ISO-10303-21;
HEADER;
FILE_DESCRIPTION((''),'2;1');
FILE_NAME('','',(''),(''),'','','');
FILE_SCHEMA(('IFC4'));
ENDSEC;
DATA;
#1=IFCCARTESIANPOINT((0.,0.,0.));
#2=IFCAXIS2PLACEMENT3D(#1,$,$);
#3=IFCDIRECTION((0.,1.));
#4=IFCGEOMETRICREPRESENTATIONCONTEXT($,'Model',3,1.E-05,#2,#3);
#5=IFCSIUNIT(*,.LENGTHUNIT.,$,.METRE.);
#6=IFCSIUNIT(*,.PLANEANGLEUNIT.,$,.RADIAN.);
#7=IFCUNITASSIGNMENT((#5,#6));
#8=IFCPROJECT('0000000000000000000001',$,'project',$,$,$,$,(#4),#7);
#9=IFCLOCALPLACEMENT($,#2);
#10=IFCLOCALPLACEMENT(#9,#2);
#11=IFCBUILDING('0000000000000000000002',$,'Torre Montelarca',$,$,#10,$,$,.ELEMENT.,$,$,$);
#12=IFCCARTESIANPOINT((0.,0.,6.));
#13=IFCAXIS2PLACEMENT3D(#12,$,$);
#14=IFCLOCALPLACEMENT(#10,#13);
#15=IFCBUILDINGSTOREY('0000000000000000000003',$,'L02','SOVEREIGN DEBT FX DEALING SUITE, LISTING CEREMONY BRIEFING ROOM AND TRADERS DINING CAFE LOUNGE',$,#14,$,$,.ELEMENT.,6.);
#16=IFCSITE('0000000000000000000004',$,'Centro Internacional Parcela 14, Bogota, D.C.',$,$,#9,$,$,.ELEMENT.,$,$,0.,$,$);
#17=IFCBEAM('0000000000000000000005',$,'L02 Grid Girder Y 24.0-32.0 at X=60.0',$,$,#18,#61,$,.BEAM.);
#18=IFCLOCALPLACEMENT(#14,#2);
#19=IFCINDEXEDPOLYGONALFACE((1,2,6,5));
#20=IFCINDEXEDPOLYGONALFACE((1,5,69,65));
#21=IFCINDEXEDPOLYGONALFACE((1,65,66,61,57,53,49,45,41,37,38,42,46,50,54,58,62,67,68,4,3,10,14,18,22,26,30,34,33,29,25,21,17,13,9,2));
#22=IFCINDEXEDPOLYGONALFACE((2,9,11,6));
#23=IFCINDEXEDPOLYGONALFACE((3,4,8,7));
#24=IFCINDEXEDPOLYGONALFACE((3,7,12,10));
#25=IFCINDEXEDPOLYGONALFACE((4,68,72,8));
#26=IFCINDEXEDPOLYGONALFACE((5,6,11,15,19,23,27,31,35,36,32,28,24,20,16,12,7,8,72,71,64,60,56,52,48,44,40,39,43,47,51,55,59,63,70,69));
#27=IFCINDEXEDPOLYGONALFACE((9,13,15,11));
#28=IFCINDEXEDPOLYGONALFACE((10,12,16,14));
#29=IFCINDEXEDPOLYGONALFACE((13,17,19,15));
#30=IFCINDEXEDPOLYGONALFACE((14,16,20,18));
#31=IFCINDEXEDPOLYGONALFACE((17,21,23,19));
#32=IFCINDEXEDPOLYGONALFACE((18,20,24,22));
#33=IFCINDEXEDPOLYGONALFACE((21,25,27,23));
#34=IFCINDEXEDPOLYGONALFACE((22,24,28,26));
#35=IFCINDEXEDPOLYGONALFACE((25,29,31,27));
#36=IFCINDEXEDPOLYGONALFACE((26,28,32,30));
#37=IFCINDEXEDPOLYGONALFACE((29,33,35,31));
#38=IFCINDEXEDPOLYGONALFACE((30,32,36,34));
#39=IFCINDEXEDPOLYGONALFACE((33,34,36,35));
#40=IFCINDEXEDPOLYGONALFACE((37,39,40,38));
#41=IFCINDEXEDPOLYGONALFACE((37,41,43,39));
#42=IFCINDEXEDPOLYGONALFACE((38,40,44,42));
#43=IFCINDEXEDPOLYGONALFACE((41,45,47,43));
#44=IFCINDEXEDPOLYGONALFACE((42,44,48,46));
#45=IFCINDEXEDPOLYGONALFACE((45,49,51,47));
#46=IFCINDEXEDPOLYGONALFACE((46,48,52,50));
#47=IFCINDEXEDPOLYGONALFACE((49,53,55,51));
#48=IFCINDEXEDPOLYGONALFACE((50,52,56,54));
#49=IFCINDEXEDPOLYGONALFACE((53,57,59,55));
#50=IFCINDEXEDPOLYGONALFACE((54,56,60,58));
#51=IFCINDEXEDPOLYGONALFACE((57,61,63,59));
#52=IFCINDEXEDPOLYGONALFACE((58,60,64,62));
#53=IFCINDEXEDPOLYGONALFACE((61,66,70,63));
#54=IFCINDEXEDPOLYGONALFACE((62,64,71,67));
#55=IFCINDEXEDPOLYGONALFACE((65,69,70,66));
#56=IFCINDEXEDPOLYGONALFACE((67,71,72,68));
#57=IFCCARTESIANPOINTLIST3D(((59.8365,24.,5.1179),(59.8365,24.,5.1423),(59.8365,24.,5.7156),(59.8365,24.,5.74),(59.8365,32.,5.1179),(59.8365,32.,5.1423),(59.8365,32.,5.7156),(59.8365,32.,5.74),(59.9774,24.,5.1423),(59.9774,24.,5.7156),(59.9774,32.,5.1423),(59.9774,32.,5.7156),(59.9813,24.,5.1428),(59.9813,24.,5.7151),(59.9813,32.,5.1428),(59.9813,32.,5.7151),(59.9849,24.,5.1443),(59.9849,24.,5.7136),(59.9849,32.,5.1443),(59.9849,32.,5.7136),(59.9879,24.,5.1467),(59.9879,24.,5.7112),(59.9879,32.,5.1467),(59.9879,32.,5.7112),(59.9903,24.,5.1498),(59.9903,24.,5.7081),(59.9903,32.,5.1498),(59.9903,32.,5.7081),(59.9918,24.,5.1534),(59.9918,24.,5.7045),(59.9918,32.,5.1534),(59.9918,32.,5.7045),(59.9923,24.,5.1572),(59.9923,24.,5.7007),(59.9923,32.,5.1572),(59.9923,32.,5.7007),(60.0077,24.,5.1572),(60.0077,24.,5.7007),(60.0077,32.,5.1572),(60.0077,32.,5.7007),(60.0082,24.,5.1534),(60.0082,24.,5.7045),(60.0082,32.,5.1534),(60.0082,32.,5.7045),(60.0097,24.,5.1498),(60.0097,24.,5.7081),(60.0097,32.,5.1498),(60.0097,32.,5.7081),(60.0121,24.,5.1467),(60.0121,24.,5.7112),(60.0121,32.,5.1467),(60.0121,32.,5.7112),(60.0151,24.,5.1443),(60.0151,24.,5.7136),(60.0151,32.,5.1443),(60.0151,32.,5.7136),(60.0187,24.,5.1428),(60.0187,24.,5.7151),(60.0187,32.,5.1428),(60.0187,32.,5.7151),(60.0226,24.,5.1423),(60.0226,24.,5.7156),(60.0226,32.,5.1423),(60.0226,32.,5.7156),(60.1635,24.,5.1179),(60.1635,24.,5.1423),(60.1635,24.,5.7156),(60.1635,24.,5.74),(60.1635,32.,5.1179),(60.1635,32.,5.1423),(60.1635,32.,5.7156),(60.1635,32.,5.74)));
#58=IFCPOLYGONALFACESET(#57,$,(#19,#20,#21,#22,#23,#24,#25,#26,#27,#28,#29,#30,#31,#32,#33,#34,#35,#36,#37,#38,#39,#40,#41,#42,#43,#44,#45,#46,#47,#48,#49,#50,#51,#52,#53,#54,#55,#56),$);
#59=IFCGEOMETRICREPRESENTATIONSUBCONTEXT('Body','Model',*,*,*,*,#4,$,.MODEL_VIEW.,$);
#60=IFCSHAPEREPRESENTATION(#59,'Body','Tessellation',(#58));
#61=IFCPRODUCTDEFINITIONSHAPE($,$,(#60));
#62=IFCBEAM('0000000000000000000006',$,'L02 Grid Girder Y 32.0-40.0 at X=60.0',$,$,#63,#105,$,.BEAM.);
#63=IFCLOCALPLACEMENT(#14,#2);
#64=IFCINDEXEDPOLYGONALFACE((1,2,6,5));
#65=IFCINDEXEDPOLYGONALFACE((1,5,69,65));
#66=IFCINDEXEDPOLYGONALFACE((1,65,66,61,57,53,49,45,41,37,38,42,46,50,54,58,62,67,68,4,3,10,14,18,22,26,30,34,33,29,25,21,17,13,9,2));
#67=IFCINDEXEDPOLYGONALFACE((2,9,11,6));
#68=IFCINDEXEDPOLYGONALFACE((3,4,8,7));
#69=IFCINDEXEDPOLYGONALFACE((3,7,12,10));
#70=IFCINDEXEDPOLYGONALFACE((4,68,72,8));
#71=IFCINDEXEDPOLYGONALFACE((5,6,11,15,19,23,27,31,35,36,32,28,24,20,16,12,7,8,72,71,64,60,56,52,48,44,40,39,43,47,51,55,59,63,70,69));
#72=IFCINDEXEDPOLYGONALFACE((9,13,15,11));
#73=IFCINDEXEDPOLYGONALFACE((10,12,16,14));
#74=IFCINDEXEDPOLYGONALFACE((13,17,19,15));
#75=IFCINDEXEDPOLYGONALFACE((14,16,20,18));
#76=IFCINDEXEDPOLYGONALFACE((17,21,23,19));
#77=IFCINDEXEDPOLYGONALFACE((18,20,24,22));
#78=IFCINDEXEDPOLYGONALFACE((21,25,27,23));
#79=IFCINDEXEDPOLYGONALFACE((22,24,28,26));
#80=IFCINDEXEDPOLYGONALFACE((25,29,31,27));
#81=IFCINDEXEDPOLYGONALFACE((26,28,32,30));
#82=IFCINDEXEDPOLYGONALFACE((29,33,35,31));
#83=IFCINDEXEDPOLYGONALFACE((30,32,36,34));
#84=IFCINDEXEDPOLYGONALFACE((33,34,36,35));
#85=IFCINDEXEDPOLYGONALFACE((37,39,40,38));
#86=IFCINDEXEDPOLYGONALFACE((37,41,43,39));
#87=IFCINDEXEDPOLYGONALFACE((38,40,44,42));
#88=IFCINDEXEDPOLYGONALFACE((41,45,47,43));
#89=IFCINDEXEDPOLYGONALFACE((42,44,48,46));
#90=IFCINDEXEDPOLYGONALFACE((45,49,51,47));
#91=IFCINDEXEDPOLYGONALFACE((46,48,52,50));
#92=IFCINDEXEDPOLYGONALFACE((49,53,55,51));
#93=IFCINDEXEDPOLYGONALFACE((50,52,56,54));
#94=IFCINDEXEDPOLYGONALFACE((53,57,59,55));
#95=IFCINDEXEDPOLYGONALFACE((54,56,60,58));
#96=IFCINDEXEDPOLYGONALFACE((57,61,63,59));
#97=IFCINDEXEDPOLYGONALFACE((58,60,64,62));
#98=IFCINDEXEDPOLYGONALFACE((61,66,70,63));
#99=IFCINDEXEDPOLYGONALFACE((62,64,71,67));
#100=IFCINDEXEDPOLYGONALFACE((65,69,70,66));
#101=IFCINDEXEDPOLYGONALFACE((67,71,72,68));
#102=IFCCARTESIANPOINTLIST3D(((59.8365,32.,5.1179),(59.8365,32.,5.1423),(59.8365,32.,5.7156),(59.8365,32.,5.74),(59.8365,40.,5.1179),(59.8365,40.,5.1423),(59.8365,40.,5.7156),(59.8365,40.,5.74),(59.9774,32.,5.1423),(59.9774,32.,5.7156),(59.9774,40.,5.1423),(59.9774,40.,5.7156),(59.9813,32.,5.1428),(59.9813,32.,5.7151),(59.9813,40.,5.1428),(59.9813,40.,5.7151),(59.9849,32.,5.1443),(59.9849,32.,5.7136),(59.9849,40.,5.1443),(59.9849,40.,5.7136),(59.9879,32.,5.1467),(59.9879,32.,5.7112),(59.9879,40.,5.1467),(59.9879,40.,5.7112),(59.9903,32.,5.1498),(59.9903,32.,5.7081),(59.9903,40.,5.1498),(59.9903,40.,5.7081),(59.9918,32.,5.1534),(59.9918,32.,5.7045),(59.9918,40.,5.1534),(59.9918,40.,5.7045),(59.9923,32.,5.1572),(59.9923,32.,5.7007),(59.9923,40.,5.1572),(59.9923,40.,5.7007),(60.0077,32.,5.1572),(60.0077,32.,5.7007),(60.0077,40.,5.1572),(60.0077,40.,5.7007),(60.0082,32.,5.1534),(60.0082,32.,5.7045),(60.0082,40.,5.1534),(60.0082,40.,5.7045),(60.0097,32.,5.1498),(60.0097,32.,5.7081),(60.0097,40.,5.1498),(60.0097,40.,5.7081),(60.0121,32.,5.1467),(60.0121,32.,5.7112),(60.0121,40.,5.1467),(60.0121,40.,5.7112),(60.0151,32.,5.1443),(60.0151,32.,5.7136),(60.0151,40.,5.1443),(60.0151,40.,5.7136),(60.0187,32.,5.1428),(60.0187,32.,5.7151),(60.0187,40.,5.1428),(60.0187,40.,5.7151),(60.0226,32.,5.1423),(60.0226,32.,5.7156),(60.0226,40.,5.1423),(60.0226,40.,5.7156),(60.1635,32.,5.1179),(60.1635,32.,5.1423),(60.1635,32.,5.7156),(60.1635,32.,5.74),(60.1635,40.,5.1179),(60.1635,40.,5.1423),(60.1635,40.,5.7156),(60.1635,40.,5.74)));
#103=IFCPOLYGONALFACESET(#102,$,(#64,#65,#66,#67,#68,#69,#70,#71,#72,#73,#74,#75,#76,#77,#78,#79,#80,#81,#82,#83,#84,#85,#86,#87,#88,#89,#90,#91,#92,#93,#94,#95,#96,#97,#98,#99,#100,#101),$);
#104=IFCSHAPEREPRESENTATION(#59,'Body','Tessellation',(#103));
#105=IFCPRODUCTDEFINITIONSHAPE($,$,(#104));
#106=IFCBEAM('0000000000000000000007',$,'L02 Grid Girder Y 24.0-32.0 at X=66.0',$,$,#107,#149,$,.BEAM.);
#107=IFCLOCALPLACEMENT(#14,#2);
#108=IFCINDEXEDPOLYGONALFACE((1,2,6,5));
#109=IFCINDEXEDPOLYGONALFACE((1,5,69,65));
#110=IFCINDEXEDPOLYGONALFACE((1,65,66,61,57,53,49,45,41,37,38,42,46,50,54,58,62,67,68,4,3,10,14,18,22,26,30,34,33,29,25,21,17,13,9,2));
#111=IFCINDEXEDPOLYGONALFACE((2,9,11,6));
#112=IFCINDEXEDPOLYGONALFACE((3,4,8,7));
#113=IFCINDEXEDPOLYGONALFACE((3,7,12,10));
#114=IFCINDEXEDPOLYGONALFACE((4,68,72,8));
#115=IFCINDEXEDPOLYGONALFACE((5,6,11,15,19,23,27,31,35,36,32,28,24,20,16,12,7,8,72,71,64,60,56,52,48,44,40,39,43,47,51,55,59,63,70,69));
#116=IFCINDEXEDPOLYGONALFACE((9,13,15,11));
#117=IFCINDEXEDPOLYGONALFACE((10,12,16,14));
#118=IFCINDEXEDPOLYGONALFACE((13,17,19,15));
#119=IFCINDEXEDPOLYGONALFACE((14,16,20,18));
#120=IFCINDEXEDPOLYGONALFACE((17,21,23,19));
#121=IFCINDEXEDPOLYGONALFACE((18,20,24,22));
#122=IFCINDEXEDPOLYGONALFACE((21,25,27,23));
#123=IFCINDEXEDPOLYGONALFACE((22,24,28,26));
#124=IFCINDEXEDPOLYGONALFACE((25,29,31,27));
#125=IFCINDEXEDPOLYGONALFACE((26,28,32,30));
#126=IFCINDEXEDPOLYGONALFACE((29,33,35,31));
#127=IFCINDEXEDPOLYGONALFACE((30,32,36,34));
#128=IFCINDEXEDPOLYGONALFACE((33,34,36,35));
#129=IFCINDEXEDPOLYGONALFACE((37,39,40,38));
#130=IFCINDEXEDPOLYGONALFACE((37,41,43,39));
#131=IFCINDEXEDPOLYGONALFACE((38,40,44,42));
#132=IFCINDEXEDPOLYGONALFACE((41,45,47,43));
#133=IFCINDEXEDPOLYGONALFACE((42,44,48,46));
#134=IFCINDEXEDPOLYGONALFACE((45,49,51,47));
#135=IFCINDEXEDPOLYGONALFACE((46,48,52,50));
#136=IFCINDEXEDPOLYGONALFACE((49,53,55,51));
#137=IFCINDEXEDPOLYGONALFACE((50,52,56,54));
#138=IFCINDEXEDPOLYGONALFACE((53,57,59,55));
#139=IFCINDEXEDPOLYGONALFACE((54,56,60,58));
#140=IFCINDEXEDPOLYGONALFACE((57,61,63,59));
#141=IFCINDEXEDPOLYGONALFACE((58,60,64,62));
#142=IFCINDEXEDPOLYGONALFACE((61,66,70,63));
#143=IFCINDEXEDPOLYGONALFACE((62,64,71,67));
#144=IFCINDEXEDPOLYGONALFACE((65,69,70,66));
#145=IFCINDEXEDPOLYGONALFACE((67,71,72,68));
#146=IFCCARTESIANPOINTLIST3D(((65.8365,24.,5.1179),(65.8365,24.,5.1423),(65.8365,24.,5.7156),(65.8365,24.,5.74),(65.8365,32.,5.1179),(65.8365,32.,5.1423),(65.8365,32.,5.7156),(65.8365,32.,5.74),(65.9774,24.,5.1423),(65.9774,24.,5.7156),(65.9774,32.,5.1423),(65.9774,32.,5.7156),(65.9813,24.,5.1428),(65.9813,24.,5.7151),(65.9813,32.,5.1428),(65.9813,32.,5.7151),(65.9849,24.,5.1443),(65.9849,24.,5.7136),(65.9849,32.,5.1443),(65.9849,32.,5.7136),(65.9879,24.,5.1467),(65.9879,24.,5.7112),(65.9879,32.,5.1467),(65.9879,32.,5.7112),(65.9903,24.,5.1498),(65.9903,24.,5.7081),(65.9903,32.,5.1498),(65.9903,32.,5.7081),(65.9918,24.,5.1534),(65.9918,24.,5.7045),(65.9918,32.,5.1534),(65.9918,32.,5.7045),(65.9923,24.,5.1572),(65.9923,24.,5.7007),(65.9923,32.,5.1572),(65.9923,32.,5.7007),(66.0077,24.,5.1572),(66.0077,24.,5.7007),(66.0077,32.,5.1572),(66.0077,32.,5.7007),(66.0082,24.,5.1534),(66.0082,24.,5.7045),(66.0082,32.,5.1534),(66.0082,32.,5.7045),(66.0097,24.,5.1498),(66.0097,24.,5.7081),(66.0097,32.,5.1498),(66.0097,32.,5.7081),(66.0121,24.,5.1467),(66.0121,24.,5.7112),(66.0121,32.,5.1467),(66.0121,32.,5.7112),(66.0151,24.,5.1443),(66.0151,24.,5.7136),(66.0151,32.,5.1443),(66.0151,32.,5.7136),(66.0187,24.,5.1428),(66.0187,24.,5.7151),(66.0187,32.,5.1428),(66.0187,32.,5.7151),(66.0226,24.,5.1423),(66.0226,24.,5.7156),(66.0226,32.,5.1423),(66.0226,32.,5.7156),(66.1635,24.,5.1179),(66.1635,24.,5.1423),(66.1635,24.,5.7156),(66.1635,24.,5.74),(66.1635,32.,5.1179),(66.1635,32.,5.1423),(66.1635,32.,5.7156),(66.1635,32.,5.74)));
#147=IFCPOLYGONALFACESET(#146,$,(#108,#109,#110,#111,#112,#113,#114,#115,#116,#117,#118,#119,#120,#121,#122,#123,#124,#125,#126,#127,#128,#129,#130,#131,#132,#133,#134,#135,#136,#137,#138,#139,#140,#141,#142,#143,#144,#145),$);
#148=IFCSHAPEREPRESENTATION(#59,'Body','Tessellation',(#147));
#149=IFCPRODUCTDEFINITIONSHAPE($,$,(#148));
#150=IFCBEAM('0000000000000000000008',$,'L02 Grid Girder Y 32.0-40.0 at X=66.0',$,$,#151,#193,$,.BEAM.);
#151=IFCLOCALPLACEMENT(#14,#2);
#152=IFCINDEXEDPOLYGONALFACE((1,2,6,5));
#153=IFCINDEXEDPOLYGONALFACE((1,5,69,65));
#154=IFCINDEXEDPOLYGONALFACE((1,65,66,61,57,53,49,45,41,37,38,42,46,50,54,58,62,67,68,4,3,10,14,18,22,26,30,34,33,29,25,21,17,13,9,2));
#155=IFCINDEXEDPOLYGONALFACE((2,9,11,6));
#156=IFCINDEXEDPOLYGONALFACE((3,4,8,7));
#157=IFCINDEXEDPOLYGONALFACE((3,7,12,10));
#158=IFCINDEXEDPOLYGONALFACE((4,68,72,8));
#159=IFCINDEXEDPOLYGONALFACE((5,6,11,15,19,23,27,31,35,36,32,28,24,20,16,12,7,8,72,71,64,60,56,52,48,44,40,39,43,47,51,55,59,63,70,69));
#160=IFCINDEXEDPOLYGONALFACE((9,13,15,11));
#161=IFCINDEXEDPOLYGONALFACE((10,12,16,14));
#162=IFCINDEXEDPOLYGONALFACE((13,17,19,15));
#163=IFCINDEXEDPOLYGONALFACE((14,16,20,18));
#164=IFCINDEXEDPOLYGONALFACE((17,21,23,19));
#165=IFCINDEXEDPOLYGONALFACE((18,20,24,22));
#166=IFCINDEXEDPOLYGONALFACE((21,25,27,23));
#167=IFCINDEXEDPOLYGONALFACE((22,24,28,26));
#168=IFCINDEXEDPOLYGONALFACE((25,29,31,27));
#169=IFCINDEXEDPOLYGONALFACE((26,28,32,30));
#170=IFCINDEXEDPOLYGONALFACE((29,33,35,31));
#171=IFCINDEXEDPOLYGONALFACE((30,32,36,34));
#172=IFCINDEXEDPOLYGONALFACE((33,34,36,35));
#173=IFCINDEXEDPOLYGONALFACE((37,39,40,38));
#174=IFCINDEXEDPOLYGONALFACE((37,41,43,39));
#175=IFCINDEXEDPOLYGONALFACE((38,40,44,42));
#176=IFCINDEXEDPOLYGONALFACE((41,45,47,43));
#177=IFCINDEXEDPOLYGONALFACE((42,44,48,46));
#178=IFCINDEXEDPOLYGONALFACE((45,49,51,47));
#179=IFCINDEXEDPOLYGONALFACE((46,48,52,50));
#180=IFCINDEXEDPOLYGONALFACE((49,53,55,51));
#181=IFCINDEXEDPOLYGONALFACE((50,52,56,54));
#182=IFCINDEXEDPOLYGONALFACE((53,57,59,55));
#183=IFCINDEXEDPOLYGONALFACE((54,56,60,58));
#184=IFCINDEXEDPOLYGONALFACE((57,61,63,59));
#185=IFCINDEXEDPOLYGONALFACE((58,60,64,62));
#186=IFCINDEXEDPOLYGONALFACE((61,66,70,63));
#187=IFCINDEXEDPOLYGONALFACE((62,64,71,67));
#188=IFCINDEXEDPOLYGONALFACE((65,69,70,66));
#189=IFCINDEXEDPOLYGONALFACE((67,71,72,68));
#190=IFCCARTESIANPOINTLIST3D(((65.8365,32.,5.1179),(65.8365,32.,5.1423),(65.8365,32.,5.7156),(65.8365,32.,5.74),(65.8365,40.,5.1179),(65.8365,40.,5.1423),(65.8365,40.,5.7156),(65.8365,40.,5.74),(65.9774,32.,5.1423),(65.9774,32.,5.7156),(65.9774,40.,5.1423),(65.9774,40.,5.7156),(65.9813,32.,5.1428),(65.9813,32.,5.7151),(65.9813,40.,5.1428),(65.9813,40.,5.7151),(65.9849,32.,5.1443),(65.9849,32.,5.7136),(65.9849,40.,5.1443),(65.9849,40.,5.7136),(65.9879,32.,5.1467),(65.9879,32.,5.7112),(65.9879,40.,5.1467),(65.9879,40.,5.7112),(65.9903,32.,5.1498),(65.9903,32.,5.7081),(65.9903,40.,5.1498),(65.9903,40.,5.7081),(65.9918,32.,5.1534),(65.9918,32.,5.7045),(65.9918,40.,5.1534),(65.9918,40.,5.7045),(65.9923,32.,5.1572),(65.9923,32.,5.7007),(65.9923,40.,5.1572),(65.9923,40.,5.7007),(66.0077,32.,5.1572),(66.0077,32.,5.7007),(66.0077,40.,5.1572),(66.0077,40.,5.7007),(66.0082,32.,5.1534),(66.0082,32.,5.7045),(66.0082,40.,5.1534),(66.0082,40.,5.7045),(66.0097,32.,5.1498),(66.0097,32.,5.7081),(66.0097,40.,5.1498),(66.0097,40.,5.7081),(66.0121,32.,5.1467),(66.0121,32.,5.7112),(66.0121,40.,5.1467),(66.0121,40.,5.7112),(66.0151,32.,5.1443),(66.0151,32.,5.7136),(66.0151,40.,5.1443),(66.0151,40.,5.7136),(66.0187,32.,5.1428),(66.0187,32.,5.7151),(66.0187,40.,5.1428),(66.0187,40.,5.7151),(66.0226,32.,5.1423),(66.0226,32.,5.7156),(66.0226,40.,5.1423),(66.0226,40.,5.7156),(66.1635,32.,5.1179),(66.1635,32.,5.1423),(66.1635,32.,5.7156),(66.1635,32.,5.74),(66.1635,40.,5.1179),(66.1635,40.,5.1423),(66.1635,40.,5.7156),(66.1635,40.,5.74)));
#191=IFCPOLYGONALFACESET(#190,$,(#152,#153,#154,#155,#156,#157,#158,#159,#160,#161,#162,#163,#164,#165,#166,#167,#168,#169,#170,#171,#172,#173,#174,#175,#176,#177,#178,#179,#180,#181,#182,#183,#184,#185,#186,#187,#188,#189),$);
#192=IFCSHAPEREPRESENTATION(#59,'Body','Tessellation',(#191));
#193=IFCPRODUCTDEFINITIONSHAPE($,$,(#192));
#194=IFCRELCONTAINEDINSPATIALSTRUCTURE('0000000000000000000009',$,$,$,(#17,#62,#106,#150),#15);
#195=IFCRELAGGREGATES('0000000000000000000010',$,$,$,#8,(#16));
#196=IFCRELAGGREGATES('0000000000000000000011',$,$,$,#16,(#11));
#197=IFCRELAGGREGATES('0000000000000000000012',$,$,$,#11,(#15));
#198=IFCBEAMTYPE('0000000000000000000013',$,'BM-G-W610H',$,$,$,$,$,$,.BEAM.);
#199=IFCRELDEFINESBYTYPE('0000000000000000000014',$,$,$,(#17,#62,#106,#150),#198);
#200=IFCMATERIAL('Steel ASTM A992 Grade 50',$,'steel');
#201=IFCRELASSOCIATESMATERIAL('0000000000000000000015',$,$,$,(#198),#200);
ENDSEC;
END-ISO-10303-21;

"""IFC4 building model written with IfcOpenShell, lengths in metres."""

from ifc_helpers import new_model, si_unit, direction, frame, origin, origin_2d, place, context, subcontext, project, spatial, i_section, extrude, source, transform, mapped, material, material_profile, profile_set, type_object, element, save


model = new_model("IFC4")

# Units and contexts
model_context = context("Model", 3, precision=1e-05, world=origin(), true_north=direction((0.0, 1.0)))
body_context = subcontext(model_context, "Body", "Model", "MODEL_VIEW")
ifc_project = project(units=[si_unit("LENGTHUNIT", "METRE"), si_unit("PLANEANGLEUNIT", "RADIAN")], contexts=[model_context])

# Site, building, storey
site_placement = place(None, origin())
site = spatial("IfcSite", under=ifc_project, at=site_placement, Name="Centro Internacional Parcela 14, Bogota, D.C.", CompositionType="ELEMENT", RefElevation=0.0)
building_placement = place(site_placement, origin())
building = spatial("IfcBuilding", under=site, at=building_placement, Name="Torre Montelarca", CompositionType="ELEMENT")
storey_placement = place(building_placement, frame((0.0, 0.0, 6.0)))
storey = spatial("IfcBuildingStorey", under=building, at=storey_placement, Name="L02", Description="SOVEREIGN DEBT FX DEALING SUITE, LISTING CEREMONY BRIEFING ROOM AND TRADERS DINING CAFE LOUNGE", CompositionType="ELEMENT", Elevation=6.0)

# Shared definitions
ifc_material_1 = material(Name="Steel ASTM A992 Grade 50", Category="steel")

# Beams
ifc_material_profile_1 = material_profile(ifc_material_1, i_section(OverallWidth=0.3269, OverallDepth=0.6221, WebThickness=0.0154, FlangeThickness=0.0244, FilletRadius=0.0149, at=origin_2d()), Name="W610X195", Category="steel")
ifc_profile_set_1 = profile_set([ifc_material_profile_1], Name="Steel ASTM A992 Grade 50")
beam_type_1 = type_object("IfcBeamType", Name="BM-G-W610H", PredefinedType="BEAM", material=ifc_profile_set_1)
shared_shape_1 = source(origin(), body_context, "Body", "SweptSolid", [
    extrude(i_section(OverallWidth=0.3269, OverallDepth=0.6221, WebThickness=0.0154, FlangeThickness=0.0244, FilletRadius=0.0149, at=origin_2d()), origin(), (0.0, 0.0, 1.0), 8.0),
])
for number, where, z_axis, x_axis, name in (
    (1, (60.0, 24.0, 5.429), (0.0, 1.0, 0.0), (-1.0, 0.0, 0.0), "L02 Grid Girder Y 24.0-32.0 at X=60.0"),
    (2, (60.0, 32.0, 5.429), (0.0, 1.0, 0.0), (-1.0, 0.0, 0.0), "L02 Grid Girder Y 32.0-40.0 at X=60.0"),
    (3, (66.0, 24.0, 5.429), (0.0, 1.0, 0.0), (-1.0, 0.0, 0.0), "L02 Grid Girder Y 24.0-32.0 at X=66.0"),
    (4, (66.0, 32.0, 5.429), (0.0, 1.0, 0.0), (-1.0, 0.0, 0.0), "L02 Grid Girder Y 32.0-40.0 at X=66.0"),
):
    element("IfcBeam", number, at=place(storey_placement, frame(where, z_axis=z_axis, x_axis=x_axis)), inside=storey, type_object=beam_type_1, Name=name, PredefinedType="BEAM", context=body_context, shape_type="MappedRepresentation", body=[
        mapped(shared_shape_1, transform((0.0, 0.0, 0.0), scale=1.0)),
    ])

save(model, "model.ifc")
